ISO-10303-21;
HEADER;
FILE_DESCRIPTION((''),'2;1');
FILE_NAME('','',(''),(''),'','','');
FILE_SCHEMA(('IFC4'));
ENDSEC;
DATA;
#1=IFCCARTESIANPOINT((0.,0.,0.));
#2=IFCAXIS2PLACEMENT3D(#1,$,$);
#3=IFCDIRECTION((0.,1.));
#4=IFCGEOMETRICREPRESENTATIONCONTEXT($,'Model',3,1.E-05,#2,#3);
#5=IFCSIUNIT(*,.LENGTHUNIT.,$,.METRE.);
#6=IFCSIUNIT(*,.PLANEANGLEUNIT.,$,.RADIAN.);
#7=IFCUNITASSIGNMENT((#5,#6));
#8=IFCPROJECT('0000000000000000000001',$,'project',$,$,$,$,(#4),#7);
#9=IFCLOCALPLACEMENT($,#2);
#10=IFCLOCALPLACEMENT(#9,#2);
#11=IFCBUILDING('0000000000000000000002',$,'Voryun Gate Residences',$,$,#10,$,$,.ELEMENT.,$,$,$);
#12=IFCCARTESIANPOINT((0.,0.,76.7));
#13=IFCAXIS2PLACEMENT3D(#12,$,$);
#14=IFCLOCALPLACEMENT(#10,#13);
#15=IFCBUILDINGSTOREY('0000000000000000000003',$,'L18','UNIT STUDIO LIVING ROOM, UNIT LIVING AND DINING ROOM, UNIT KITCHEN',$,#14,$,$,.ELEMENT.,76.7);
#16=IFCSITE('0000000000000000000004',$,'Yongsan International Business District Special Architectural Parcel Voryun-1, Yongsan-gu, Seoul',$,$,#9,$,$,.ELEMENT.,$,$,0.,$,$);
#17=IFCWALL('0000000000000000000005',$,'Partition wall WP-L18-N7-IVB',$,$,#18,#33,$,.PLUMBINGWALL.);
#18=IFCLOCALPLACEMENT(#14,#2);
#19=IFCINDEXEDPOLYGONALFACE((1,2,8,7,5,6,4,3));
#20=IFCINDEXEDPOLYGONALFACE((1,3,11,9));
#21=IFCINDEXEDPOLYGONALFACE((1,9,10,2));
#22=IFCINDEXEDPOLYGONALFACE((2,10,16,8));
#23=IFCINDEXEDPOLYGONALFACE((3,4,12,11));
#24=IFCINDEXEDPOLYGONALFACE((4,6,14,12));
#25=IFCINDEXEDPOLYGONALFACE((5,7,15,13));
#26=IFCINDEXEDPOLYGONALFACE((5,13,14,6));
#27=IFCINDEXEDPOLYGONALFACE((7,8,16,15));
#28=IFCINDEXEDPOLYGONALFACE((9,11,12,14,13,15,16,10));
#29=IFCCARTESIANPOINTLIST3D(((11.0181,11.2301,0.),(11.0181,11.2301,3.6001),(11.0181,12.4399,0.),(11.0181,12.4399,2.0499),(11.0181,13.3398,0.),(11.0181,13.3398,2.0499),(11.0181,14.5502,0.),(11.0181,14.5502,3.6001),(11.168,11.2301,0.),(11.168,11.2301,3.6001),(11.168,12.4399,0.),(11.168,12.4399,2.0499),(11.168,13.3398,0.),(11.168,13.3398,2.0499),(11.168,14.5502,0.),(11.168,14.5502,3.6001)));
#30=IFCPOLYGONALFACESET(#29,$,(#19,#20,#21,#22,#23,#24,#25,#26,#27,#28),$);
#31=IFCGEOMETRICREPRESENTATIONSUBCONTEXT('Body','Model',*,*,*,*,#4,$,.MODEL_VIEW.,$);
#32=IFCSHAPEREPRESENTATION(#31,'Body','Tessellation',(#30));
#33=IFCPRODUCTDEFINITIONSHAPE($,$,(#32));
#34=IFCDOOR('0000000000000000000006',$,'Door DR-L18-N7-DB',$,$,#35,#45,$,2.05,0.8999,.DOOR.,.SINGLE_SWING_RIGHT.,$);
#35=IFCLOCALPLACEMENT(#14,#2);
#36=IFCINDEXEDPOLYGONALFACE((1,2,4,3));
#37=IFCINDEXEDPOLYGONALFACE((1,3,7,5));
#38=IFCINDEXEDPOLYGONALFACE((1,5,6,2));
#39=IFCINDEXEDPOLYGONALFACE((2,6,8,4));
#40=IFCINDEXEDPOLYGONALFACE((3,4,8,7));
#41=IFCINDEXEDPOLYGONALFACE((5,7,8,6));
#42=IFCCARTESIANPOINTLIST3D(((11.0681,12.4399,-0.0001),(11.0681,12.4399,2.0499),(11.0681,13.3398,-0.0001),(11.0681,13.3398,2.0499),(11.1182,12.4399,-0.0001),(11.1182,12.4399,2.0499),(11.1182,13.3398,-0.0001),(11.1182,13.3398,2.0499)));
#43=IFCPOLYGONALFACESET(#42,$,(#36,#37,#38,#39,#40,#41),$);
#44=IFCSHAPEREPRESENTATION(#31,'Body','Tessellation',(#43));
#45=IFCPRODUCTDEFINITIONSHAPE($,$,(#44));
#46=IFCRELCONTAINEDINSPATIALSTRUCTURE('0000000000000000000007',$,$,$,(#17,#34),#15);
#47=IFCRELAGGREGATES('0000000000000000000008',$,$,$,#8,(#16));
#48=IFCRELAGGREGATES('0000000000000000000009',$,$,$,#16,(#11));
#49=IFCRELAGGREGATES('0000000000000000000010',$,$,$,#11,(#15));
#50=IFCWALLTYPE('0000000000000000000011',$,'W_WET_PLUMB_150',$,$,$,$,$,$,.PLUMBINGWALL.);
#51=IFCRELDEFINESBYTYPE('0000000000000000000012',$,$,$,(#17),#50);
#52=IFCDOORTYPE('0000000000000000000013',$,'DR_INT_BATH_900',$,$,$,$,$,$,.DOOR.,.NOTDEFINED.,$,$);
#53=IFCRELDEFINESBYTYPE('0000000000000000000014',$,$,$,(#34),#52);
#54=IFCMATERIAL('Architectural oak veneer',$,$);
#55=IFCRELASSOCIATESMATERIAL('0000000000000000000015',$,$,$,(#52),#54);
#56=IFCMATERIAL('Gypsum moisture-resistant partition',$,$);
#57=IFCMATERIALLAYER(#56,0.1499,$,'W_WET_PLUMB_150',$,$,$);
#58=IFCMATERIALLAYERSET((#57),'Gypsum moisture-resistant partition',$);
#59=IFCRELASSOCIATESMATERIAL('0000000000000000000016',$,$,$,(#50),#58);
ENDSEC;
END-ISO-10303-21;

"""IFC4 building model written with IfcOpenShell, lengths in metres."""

from ifc_helpers import new_model, si_unit, direction, frame, frame_2d, origin, place, context, subcontext, project, spatial, rectangle, extrude, material, layer, layer_set, type_object, element, fill, save


model = new_model("IFC4")

# Units and contexts
model_context = context("Model", 3, precision=1e-05, world=origin(), true_north=direction((0.0, 1.0)))
body_context = subcontext(model_context, "Body", "Model", "MODEL_VIEW")
ifc_project = project(units=[si_unit("LENGTHUNIT", "METRE"), si_unit("PLANEANGLEUNIT", "RADIAN")], contexts=[model_context])

# Site, building, storey
site_placement = place(None, origin())
site = spatial("IfcSite", under=ifc_project, at=site_placement, Name="Yongsan International Business District Special Architectural Parcel Voryun-1, Yongsan-gu, Seoul", CompositionType="ELEMENT", RefElevation=0.0)
building_placement = place(site_placement, origin())
building = spatial("IfcBuilding", under=site, at=building_placement, Name="Voryun Gate Residences", CompositionType="ELEMENT")
storey_placement = place(building_placement, frame((0.0, 0.0, 76.7)))
storey = spatial("IfcBuildingStorey", under=building, at=storey_placement, Name="L18", Description="UNIT STUDIO LIVING ROOM, UNIT LIVING AND DINING ROOM, UNIT KITCHEN", CompositionType="ELEMENT", Elevation=76.7)

# Shared definitions
ifc_material_1 = material(Name="Architectural oak veneer")
door_type_1 = type_object("IfcDoorType", Name="DR_INT_BATH_900", OperationType="NOTDEFINED", PredefinedType="DOOR", material=ifc_material_1)

# Shared definitions
ifc_material_2 = material(Name="Gypsum moisture-resistant partition")
ifc_layer_1 = layer(ifc_material_2, 0.1499, Name="W_WET_PLUMB_150")
ifc_layer_set_1 = layer_set([ifc_layer_1], Name="Gypsum moisture-resistant partition")
wall_type_1 = type_object("IfcWallType", Name="W_WET_PLUMB_150", PredefinedType="PLUMBINGWALL", material=ifc_layer_set_1)

# Wall, opening, door
wall_1_placement = place(storey_placement, frame((11.093, 11.23, 0.0), z_axis=(0.0, 0.0, 1.0), x_axis=(0.0, 1.0, 0.0)))
wall_1 = element("IfcWall", 1, at=wall_1_placement, inside=storey, type_object=wall_type_1, Name="Partition wall WP-L18-N7-IVB", PredefinedType="PLUMBINGWALL", context=body_context, shape_type="SweptSolid", body=[
    extrude(rectangle(XDim=3.3201, YDim=0.1499, at=frame_2d((1.6602, 0.0))), origin(), (0.0, 0.0, 1.0), 3.6001),
])
opening_1_placement = place(wall_1_placement, frame((1.21, 0.0, 0.0)))
opening_1 = element("IfcOpeningElement", 2, at=opening_1_placement, cuts=wall_1, PredefinedType="OPENING", context=body_context, shape_type="SweptSolid", body=[
    extrude(rectangle(XDim=0.8999, YDim=2.05, at=frame_2d((0.45, 1.0249))), frame((0.0, 0.085, 0.0), z_axis=(0.0, -1.0, 0.0), x_axis=(1.0, 0.0, 0.0)), (0.0, 0.0, 1.0), 0.1699),
])
door_1_placement = place(opening_1_placement, origin())
door_1 = element("IfcDoor", 3, at=door_1_placement, inside=storey, type_object=door_type_1, Name="Door DR-L18-N7-DB", OperationType="SINGLE_SWING_RIGHT", OverallHeight=2.05, OverallWidth=0.8999, PredefinedType="DOOR", context=body_context, shape_type="SweptSolid", body=[
    extrude(rectangle(XDim=0.8999, YDim=2.05, at=frame_2d((0.45, 1.0249))), frame((0.0, 0.0249, 0.0), z_axis=(0.0, -1.0, 0.0), x_axis=(1.0, 0.0, 0.0)), (0.0, 0.0, 1.0), 0.05),
])
fill(opening_1, door_1)

save(model, "model.ifc")
